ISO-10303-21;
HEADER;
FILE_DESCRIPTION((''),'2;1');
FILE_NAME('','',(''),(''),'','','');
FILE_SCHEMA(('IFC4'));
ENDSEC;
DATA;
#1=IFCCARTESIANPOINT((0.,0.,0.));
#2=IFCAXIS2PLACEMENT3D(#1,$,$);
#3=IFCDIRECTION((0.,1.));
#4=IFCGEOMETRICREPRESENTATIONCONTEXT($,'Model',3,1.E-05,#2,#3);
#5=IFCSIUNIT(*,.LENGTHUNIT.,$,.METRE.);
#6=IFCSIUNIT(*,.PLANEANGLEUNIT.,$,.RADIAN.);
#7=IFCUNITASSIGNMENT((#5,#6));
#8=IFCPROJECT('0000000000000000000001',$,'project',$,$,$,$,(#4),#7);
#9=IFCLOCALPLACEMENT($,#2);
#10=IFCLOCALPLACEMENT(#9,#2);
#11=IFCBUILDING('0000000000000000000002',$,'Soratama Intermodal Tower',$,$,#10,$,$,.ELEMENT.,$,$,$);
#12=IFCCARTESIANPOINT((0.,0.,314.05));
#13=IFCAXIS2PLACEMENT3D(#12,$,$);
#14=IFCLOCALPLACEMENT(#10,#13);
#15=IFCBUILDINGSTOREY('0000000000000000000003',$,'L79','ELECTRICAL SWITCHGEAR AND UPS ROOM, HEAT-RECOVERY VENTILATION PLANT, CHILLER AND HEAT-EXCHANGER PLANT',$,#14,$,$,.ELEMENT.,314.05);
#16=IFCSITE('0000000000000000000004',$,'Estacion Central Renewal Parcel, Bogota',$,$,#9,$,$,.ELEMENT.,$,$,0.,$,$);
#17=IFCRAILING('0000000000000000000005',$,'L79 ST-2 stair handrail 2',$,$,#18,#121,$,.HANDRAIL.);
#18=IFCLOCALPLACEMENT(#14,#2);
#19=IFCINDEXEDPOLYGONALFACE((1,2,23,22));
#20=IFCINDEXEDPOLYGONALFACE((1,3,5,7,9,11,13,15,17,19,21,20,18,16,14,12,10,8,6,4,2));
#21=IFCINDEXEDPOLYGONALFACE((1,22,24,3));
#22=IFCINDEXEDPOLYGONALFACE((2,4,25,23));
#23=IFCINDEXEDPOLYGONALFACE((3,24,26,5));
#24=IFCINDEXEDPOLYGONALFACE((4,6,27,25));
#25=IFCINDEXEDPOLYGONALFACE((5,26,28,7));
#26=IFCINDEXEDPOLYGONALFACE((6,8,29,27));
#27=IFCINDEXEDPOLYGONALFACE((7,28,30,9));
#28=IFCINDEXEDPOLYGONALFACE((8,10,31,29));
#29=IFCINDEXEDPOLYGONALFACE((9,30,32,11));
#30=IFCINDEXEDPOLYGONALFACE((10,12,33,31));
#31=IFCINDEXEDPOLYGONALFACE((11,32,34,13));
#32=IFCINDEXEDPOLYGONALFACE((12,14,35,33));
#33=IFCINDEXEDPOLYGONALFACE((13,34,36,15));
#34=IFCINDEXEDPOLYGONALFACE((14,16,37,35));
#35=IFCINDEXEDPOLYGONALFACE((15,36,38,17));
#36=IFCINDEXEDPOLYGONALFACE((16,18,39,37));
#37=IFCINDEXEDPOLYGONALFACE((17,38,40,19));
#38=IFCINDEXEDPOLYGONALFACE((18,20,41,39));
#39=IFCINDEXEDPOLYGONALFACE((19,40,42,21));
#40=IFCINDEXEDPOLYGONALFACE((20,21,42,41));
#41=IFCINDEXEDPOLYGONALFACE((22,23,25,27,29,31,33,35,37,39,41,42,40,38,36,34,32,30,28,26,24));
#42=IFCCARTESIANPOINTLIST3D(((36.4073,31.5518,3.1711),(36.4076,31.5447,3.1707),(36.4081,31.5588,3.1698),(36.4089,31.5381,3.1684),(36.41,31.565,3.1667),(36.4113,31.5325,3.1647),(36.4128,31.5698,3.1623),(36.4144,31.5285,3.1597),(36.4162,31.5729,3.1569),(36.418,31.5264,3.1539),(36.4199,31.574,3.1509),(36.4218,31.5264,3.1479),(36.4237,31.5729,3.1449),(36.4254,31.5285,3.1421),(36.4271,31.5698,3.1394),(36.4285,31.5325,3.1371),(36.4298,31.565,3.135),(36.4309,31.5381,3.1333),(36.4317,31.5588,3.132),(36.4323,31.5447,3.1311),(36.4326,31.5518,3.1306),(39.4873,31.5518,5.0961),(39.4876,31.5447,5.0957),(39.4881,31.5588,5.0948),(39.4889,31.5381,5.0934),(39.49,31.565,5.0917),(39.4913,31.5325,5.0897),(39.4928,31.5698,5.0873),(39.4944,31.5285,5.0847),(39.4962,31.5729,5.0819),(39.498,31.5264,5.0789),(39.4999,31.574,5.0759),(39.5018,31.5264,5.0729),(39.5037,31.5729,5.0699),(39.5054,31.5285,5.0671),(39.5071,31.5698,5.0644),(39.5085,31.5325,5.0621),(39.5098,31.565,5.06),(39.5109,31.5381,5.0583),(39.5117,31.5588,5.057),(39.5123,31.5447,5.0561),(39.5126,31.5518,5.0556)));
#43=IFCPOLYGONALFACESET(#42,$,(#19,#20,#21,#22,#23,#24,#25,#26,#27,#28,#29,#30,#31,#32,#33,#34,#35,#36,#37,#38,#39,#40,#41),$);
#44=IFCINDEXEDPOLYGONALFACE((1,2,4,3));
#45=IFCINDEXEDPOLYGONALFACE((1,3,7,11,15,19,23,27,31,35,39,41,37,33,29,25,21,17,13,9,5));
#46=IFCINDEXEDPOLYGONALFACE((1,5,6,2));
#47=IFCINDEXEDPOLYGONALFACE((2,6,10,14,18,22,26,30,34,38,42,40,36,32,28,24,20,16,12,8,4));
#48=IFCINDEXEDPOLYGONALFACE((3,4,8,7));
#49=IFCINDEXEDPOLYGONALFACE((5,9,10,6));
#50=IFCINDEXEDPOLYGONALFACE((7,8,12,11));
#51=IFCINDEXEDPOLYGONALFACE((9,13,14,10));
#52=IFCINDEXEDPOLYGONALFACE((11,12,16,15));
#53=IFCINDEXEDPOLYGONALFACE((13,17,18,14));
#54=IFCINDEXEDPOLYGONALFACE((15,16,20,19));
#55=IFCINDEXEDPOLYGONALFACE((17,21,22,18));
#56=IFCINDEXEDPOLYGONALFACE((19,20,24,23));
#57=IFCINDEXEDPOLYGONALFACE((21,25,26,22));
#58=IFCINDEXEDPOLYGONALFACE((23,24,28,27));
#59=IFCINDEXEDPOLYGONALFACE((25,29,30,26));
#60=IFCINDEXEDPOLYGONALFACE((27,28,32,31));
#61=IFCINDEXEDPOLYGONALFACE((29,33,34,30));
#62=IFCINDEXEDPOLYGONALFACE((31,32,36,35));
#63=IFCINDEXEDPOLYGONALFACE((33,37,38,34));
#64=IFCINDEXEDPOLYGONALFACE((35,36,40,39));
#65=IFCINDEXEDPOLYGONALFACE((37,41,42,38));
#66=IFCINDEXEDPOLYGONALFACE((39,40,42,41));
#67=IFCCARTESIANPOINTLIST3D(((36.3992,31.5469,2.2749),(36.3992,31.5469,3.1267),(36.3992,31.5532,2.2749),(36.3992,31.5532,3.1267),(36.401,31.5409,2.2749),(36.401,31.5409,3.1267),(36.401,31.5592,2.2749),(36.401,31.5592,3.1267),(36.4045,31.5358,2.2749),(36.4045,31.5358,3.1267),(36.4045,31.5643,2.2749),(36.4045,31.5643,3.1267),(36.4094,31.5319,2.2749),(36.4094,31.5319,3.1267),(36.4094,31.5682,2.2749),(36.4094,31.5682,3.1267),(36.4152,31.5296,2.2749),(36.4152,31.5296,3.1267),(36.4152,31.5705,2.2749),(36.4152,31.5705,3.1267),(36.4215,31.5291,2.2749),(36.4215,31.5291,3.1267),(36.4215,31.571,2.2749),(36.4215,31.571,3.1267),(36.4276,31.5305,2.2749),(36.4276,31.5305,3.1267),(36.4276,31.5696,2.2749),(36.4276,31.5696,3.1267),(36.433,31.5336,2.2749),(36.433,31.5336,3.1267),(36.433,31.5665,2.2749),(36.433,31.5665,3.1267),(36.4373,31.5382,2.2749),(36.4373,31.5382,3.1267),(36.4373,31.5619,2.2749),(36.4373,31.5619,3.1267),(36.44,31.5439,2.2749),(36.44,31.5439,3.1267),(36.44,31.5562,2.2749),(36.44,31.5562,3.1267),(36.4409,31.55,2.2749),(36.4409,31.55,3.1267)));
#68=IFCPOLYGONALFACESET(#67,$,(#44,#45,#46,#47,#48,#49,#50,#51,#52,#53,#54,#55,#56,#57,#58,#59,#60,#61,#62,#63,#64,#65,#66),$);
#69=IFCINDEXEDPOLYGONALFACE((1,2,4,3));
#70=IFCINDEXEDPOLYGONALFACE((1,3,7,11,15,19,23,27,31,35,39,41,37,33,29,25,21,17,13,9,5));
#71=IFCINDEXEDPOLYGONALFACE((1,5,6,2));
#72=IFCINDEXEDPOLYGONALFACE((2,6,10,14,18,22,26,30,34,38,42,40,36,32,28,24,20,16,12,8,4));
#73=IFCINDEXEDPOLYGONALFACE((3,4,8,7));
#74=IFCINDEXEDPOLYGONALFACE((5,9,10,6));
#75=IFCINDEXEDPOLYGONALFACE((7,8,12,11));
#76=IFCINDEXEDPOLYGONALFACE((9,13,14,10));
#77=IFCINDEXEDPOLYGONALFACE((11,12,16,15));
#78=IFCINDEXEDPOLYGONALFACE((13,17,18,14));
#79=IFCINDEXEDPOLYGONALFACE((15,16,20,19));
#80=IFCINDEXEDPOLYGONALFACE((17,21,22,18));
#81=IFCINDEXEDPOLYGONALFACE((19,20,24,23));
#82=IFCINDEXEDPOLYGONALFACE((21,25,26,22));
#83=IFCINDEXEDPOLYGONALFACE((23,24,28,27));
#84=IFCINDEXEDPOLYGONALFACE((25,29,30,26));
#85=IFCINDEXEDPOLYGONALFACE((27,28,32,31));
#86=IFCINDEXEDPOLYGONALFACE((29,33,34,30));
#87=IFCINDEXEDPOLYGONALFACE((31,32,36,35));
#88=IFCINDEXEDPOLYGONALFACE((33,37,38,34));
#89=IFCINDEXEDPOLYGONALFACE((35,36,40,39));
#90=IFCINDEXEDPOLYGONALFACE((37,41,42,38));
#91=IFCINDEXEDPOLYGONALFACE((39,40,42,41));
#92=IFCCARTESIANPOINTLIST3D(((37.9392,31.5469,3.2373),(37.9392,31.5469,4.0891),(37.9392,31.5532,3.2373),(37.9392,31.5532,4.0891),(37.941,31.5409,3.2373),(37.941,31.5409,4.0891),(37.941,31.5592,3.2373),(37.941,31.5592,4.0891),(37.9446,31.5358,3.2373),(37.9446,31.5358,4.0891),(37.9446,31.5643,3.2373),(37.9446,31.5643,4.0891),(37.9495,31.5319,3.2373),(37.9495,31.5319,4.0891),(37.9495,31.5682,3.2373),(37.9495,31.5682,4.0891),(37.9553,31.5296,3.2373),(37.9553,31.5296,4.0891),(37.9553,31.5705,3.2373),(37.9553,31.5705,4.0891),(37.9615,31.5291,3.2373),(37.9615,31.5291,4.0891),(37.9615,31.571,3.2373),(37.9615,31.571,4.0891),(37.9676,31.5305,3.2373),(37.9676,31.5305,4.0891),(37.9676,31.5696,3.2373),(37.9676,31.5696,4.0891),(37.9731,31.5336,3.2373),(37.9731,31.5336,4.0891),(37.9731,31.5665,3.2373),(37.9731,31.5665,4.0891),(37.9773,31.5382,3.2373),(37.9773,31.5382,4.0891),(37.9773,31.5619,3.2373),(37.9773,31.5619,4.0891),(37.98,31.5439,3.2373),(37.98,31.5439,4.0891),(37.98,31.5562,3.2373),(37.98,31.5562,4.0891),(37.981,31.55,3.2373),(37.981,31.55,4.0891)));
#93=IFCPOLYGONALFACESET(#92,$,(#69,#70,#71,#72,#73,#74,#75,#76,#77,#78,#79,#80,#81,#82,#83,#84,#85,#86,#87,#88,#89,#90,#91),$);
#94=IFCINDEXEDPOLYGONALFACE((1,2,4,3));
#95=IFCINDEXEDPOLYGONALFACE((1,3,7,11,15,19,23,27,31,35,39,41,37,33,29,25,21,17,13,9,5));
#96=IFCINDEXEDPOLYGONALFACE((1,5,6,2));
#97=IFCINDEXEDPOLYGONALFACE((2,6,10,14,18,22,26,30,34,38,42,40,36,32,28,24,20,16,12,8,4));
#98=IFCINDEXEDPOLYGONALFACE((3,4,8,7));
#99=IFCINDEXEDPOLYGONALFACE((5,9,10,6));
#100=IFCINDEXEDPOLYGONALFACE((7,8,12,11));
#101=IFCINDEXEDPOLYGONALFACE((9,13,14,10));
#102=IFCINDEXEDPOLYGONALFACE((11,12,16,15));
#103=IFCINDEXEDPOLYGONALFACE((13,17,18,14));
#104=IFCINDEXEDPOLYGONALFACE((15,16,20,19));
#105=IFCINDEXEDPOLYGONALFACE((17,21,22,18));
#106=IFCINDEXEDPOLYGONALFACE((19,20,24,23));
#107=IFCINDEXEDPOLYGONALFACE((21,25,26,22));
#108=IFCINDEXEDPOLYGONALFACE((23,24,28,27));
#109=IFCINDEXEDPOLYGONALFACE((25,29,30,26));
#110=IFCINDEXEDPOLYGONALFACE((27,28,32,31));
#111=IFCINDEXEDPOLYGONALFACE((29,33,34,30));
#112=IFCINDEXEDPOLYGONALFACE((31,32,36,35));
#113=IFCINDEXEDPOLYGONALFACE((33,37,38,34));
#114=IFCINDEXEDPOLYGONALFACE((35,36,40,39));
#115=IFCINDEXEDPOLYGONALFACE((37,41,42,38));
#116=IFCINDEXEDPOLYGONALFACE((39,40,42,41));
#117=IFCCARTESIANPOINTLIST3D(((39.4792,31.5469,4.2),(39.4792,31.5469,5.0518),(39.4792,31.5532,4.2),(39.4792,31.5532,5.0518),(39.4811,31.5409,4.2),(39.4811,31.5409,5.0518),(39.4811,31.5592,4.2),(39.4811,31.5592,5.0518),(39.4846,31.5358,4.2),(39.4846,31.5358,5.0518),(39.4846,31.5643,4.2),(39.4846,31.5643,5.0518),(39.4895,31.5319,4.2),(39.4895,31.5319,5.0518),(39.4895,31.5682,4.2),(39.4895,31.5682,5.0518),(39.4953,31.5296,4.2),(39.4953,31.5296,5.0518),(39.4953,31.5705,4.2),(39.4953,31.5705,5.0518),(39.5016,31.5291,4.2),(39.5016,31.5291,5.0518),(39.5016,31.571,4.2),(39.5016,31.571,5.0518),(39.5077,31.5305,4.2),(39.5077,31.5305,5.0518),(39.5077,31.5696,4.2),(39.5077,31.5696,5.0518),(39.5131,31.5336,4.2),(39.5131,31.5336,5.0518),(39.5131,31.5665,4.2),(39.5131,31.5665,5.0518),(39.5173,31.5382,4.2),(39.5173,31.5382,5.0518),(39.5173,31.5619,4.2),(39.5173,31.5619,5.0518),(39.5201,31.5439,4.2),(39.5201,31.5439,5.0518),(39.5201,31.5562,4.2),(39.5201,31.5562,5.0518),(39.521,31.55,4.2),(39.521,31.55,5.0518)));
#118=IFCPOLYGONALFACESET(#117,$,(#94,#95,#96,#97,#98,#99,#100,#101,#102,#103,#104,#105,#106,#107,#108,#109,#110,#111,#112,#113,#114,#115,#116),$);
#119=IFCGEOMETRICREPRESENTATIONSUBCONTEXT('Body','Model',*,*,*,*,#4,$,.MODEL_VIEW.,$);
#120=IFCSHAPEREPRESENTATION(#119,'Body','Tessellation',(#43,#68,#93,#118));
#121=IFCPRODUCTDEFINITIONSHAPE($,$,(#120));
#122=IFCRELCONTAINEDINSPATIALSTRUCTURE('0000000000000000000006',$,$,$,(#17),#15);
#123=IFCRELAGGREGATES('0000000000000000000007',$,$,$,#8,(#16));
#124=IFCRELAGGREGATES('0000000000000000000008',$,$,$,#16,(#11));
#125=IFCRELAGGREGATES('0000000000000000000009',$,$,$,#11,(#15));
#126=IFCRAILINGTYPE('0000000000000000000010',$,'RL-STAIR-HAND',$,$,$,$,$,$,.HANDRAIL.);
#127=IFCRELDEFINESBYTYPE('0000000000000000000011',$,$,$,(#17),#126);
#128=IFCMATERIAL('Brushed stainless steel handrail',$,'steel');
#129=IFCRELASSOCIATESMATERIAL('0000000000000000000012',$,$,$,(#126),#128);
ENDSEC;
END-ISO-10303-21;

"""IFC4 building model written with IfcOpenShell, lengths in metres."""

from ifc_helpers import new_model, si_unit, direction, frame, origin, origin_2d, place, context, subcontext, project, spatial, circle, extrude, material, type_object, element, save


model = new_model("IFC4")

# Units and contexts
model_context = context("Model", 3, precision=1e-05, world=origin(), true_north=direction((0.0, 1.0)))
body_context = subcontext(model_context, "Body", "Model", "MODEL_VIEW")
ifc_project = project(units=[si_unit("LENGTHUNIT", "METRE"), si_unit("PLANEANGLEUNIT", "RADIAN")], contexts=[model_context])

# Site, building, storey
site_placement = place(None, origin())
site = spatial("IfcSite", under=ifc_project, at=site_placement, Name="Estacion Central Renewal Parcel, Bogota", CompositionType="ELEMENT", RefElevation=0.0)
building_placement = place(site_placement, origin())
building = spatial("IfcBuilding", under=site, at=building_placement, Name="Soratama Intermodal Tower", CompositionType="ELEMENT")
storey_placement = place(building_placement, frame((0.0, 0.0, 314.05)))
storey = spatial("IfcBuildingStorey", under=building, at=storey_placement, Name="L79", Description="ELECTRICAL SWITCHGEAR AND UPS ROOM, HEAT-RECOVERY VENTILATION PLANT, CHILLER AND HEAT-EXCHANGER PLANT", CompositionType="ELEMENT", Elevation=314.05)

# Railing
ifc_material_1 = material(Name="Brushed stainless steel handrail", Category="steel")
railing_type_1 = type_object("IfcRailingType", Name="RL-STAIR-HAND", PredefinedType="HANDRAIL", material=ifc_material_1)
railing_1_placement = place(storey_placement, frame((36.4199, 31.55, 2.2749)))
element("IfcRailing", 1, at=railing_1_placement, inside=storey, type_object=railing_type_1, Name="L79 ST-2 stair handrail 2", PredefinedType="HANDRAIL", context=body_context, shape_type="SweptSolid", body=[
    extrude(circle(Radius=0.0239, at=origin_2d()), frame((0.0, 0.0, 0.876), z_axis=(0.847998, 0.0, 0.529999), x_axis=(0.0, 1.0, 0.0)), (0.0, 0.0, 1.0), 3.6321),
    extrude(circle(Radius=0.021, at=origin_2d()), origin(), (0.0, 0.0, 1.0), 0.8518),
    extrude(circle(Radius=0.021, at=origin_2d()), frame((1.54, 0.0, 0.9624)), (0.0, 0.0, 1.0), 0.8518),
    extrude(circle(Radius=0.021, at=origin_2d()), frame((3.0801, 0.0, 1.925)), (0.0, 0.0, 1.0), 0.8518),
])

save(model, "model.ifc")
